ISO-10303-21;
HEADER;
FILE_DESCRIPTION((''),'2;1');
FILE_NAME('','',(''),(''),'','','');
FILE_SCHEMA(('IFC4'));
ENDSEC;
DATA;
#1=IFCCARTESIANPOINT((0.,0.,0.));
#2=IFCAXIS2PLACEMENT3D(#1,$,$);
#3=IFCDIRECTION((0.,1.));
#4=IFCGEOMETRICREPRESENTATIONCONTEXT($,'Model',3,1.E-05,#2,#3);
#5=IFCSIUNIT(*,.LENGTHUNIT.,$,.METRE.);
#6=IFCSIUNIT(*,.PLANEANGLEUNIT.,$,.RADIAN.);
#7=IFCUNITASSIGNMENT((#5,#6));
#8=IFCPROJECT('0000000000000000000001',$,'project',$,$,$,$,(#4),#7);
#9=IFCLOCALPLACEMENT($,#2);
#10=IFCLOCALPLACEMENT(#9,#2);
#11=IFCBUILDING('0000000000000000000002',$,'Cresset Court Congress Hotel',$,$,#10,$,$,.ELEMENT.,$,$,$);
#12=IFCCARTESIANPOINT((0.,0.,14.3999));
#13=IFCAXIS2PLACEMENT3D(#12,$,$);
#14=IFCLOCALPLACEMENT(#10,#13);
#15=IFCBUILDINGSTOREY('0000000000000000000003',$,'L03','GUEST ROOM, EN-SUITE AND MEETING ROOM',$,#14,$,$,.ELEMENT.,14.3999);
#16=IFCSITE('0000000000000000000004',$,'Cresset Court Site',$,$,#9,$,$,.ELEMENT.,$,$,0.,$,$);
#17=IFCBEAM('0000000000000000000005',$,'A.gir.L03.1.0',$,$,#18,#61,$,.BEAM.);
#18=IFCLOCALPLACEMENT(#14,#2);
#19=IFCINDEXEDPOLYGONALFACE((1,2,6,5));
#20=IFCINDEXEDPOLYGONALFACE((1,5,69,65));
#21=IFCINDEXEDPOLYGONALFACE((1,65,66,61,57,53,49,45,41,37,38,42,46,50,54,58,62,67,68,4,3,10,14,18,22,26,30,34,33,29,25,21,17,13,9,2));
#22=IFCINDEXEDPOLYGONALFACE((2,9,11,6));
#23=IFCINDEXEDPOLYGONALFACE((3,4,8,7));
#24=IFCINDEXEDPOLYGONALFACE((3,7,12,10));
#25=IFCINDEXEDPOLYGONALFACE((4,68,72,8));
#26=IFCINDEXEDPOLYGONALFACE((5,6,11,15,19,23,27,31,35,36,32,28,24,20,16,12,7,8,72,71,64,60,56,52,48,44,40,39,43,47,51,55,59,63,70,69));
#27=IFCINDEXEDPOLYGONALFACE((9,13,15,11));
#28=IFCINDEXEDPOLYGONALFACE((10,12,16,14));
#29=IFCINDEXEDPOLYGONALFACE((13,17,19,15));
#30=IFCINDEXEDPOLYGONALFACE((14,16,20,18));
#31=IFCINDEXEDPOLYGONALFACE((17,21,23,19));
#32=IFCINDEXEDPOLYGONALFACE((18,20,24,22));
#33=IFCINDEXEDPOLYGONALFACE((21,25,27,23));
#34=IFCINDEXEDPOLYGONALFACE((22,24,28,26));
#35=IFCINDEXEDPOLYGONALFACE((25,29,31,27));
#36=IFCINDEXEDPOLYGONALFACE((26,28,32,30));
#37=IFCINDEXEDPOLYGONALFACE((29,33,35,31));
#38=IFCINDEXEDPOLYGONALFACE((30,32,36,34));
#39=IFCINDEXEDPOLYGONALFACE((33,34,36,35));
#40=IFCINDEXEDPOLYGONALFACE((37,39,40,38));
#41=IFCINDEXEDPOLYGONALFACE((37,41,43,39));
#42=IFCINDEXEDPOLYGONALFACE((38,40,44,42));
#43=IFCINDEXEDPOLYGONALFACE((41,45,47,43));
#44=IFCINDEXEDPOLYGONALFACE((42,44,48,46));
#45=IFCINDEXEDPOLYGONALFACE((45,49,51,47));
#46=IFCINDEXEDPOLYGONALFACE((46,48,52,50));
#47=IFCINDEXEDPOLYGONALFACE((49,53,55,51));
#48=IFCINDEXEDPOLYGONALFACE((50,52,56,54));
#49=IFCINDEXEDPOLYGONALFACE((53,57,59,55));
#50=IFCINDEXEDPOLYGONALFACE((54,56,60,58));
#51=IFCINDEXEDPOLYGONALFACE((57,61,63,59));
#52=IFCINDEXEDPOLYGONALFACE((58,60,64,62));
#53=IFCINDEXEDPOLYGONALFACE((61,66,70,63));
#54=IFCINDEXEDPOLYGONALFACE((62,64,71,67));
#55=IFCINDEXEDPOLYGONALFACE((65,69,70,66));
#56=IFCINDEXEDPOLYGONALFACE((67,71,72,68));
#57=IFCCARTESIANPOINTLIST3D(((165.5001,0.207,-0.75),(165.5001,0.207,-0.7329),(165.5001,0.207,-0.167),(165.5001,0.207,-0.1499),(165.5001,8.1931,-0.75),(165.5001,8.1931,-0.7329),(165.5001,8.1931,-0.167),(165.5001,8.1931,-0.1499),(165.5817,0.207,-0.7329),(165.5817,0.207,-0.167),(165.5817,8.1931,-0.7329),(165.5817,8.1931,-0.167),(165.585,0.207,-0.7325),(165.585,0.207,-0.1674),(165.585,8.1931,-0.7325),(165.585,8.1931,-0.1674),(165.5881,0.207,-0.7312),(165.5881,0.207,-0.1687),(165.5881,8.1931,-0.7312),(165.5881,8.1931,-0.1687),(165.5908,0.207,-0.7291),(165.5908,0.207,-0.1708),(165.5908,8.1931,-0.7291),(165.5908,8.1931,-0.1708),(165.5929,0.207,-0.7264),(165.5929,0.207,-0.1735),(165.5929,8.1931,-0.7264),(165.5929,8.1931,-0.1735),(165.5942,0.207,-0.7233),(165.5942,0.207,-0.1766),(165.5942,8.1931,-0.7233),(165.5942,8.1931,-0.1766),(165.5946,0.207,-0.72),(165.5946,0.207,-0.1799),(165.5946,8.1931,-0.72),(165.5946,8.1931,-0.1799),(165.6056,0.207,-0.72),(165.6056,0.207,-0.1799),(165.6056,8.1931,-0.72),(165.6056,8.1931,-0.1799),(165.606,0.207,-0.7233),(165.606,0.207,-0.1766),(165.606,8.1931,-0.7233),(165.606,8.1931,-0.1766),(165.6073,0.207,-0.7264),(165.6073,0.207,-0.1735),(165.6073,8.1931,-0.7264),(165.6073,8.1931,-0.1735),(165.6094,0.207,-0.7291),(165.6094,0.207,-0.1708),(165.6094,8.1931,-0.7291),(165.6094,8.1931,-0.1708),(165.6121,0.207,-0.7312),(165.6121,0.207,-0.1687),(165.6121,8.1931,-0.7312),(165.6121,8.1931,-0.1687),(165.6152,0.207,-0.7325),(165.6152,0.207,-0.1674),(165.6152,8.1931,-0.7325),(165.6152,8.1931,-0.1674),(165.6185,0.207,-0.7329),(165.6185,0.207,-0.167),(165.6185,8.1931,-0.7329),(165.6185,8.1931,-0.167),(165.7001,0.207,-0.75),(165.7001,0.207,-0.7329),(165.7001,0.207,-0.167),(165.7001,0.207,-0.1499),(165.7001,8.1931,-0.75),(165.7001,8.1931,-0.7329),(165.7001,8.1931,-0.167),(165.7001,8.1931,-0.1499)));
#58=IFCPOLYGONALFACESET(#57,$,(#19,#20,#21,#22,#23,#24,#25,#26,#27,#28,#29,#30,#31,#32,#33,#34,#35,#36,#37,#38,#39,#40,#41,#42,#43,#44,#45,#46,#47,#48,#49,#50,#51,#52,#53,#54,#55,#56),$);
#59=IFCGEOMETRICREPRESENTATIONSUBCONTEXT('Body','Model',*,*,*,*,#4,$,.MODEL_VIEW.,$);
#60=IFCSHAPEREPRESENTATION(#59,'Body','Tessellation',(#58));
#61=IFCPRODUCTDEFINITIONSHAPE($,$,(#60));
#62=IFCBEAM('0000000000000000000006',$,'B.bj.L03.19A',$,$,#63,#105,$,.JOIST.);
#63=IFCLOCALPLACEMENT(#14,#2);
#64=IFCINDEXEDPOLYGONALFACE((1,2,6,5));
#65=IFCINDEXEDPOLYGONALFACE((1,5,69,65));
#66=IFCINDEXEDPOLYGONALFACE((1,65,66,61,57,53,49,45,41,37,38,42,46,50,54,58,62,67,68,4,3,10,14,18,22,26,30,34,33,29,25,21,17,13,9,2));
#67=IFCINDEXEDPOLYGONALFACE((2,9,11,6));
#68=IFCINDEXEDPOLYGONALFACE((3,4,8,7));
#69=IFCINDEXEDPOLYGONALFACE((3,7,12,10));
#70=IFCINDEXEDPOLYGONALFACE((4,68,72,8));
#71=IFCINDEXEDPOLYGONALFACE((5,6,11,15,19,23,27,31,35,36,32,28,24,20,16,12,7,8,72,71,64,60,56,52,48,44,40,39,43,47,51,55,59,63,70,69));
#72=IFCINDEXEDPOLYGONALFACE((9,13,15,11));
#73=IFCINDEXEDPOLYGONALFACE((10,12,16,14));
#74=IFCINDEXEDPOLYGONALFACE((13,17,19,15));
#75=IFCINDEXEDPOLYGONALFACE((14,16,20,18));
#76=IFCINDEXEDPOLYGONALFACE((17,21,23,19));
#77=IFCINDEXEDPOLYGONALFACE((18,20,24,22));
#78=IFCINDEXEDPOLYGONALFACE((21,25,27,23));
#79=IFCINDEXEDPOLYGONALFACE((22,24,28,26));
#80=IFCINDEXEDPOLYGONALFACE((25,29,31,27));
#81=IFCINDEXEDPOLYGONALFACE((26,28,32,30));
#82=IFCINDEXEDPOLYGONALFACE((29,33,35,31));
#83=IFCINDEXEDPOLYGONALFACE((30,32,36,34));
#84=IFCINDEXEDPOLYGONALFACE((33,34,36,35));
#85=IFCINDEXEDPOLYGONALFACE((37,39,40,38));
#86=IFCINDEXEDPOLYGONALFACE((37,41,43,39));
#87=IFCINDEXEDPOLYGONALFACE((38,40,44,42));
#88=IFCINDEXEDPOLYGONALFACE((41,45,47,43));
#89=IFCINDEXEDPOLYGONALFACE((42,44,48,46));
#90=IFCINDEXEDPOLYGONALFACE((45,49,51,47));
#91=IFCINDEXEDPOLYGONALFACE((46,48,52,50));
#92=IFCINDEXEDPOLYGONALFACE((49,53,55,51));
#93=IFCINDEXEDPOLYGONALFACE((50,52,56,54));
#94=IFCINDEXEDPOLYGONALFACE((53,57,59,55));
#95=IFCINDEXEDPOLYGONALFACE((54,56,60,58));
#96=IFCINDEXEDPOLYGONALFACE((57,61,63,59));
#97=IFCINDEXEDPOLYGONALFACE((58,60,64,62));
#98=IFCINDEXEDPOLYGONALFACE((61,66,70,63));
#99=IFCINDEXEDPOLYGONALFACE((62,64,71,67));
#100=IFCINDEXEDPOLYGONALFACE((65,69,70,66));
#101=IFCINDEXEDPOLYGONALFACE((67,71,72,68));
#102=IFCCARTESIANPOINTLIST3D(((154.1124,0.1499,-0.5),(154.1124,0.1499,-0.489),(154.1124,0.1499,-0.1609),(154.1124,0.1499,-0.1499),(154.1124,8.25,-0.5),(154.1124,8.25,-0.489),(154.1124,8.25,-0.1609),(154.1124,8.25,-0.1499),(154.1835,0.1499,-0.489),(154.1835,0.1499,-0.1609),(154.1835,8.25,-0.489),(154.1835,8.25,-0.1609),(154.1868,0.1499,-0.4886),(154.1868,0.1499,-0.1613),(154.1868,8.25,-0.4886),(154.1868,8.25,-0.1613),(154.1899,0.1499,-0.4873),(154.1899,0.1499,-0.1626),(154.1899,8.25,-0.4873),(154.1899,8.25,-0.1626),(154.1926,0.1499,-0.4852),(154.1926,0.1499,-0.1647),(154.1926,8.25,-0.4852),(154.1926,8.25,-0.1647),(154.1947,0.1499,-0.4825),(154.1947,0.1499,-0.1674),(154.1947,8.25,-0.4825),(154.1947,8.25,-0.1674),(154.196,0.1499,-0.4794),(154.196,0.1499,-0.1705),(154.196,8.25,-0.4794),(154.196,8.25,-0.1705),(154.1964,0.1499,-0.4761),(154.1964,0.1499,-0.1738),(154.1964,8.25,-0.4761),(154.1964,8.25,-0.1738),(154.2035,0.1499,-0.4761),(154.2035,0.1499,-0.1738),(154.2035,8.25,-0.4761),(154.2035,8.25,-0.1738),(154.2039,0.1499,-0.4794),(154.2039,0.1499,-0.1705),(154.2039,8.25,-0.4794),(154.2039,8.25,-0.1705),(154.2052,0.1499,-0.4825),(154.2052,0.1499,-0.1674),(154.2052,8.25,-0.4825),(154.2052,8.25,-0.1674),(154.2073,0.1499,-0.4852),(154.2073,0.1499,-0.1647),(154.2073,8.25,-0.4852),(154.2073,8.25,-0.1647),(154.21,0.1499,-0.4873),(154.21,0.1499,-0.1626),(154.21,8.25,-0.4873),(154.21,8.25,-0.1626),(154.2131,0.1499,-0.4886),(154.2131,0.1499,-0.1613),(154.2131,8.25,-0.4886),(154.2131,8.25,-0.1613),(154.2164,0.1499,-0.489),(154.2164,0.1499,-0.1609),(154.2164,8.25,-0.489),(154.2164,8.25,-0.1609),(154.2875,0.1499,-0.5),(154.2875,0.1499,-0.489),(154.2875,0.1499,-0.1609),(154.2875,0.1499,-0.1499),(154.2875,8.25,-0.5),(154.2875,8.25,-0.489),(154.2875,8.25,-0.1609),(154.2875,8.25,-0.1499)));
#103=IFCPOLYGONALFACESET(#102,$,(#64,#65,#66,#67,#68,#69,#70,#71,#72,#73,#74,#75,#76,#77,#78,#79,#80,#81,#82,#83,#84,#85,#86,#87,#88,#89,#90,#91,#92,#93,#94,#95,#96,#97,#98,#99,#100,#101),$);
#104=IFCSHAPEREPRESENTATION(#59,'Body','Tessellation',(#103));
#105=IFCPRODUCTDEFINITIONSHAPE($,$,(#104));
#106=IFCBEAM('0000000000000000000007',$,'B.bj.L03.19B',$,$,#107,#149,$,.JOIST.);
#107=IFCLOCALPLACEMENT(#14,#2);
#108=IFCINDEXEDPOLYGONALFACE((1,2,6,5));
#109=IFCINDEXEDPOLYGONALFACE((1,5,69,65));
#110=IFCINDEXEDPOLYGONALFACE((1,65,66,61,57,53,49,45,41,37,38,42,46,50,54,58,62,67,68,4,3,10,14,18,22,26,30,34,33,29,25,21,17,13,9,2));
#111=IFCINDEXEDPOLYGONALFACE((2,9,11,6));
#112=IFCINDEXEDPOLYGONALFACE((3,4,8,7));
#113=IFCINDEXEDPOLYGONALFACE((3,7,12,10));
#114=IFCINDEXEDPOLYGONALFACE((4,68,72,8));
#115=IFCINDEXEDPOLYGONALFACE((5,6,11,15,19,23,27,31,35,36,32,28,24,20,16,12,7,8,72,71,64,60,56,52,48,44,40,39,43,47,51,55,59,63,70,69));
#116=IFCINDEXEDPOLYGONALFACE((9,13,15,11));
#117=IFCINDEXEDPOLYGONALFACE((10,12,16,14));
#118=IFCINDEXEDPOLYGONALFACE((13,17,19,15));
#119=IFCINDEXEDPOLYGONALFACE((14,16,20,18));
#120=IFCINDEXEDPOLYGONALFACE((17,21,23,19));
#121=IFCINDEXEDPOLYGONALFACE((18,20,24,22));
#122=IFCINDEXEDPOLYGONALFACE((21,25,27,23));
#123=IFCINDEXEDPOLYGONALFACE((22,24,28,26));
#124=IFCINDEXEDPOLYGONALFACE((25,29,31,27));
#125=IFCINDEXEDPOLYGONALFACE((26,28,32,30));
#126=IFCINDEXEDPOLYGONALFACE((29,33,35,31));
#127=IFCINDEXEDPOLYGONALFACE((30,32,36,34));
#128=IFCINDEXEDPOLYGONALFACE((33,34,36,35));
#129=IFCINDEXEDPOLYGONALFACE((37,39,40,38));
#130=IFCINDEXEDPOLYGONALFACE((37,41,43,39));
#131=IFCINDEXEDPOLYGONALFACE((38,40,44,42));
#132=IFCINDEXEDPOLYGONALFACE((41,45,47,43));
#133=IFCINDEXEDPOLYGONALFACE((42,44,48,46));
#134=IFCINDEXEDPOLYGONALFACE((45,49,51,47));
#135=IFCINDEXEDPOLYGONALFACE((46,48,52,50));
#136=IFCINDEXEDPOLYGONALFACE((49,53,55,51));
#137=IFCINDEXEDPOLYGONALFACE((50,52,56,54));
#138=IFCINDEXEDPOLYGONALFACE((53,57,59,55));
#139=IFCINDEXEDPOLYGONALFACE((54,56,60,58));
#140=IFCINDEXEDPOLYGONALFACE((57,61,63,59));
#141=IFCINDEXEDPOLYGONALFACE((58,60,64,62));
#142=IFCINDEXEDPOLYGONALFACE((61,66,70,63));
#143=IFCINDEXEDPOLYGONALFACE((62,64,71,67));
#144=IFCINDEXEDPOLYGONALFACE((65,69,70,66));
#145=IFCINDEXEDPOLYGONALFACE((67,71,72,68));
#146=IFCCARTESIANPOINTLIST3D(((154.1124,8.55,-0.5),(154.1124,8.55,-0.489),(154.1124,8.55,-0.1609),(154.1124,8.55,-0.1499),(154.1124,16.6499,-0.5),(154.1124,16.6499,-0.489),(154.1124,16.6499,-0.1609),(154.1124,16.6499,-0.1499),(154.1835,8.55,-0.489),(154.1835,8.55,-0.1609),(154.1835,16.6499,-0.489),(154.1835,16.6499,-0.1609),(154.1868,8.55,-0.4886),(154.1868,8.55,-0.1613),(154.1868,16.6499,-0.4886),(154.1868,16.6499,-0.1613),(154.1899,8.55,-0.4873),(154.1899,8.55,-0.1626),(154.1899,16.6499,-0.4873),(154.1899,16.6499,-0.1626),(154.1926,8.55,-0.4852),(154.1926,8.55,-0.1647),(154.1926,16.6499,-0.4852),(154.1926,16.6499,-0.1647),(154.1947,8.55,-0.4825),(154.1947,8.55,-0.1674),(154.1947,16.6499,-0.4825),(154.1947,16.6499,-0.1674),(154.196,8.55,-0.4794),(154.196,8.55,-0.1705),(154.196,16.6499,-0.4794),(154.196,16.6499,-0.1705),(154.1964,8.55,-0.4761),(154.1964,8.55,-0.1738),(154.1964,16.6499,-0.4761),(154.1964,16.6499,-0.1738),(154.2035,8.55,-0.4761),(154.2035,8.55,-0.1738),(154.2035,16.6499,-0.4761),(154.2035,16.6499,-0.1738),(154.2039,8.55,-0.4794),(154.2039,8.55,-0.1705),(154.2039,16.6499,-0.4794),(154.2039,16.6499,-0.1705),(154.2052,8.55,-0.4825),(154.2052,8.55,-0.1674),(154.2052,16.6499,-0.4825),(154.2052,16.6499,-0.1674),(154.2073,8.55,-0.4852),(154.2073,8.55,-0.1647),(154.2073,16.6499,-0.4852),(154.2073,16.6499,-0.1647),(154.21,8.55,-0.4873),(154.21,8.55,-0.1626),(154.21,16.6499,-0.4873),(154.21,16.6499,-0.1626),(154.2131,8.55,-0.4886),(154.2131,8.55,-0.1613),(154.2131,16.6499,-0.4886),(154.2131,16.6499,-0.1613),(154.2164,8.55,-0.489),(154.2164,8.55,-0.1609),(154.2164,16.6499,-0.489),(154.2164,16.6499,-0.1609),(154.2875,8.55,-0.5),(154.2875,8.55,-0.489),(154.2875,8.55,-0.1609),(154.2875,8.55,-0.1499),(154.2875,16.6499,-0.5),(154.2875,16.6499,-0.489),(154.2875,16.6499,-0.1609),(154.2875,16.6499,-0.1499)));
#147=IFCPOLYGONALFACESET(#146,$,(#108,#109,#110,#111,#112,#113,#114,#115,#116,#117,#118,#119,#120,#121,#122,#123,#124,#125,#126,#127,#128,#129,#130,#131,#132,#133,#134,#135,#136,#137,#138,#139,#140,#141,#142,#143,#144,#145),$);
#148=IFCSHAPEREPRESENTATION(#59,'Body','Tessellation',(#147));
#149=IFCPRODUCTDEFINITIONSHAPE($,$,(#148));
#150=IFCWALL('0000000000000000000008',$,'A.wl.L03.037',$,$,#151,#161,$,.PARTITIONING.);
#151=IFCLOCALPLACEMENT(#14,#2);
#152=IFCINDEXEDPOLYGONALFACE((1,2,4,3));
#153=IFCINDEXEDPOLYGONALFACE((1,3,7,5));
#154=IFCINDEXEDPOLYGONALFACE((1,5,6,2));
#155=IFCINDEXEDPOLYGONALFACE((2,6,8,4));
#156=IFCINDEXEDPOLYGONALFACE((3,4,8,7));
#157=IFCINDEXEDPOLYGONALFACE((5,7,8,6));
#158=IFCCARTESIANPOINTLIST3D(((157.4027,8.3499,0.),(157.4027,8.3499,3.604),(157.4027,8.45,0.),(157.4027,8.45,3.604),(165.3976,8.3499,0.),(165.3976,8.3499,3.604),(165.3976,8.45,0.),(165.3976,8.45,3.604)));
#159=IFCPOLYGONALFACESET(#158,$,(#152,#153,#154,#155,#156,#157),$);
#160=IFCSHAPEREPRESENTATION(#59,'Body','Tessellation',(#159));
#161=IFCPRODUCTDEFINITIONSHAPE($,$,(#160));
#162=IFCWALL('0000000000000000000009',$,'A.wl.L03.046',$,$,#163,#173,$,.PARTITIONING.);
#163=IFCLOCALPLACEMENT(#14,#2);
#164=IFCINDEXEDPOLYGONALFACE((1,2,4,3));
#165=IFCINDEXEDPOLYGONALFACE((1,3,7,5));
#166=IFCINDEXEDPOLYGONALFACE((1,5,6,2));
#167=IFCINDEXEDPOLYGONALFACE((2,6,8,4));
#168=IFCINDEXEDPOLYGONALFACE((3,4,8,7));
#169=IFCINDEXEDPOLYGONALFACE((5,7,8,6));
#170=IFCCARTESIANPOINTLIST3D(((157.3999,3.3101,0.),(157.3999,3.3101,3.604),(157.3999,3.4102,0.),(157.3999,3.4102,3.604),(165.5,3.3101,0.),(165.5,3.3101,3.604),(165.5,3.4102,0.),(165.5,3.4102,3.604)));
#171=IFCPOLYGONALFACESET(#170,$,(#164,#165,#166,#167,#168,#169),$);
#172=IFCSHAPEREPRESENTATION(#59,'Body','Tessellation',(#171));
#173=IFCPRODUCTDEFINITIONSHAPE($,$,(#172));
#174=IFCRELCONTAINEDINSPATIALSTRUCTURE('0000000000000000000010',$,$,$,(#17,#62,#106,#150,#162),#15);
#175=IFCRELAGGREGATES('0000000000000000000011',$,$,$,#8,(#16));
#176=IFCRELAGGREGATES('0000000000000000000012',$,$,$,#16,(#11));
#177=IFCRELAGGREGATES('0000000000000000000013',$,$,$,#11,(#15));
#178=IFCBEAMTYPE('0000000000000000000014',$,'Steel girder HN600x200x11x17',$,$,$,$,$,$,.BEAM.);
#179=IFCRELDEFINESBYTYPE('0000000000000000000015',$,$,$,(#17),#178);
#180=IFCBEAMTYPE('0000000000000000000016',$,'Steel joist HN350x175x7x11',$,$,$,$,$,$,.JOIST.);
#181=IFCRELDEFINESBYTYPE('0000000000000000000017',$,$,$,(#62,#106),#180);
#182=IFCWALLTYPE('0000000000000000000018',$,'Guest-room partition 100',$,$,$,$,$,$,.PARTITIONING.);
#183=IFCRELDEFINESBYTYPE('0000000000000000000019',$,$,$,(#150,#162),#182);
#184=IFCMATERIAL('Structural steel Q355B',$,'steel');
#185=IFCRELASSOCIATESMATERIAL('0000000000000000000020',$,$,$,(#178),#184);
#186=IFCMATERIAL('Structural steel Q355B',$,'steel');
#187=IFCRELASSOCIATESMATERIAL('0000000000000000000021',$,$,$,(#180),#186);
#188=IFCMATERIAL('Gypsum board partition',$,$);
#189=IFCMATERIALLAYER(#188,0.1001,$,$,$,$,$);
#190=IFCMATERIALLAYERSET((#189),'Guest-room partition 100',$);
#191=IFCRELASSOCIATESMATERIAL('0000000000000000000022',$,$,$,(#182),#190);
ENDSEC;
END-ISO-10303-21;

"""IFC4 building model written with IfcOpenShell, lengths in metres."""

from ifc_helpers import new_model, si_unit, direction, frame, frame_2d, origin, origin_2d, place, context, subcontext, project, spatial, rectangle, i_section, extrude, material, layer, layer_set, material_profile, profile_set, type_object, element, save


model = new_model("IFC4")

# Units and contexts
model_context = context("Model", 3, precision=1e-05, world=origin(), true_north=direction((0.0, 1.0)))
body_context = subcontext(model_context, "Body", "Model", "MODEL_VIEW")
ifc_project = project(units=[si_unit("LENGTHUNIT", "METRE"), si_unit("PLANEANGLEUNIT", "RADIAN")], contexts=[model_context])

# Site, building, storey
site_placement = place(None, origin())
site = spatial("IfcSite", under=ifc_project, at=site_placement, Name="Cresset Court Site", CompositionType="ELEMENT", RefElevation=0.0)
building_placement = place(site_placement, origin())
building = spatial("IfcBuilding", under=site, at=building_placement, Name="Cresset Court Congress Hotel", CompositionType="ELEMENT")
storey_placement = place(building_placement, frame((0.0, 0.0, 14.3999)))
storey = spatial("IfcBuildingStorey", under=building, at=storey_placement, Name="L03", Description="GUEST ROOM, EN-SUITE AND MEETING ROOM", CompositionType="ELEMENT", Elevation=14.3999)

# Beams
ifc_material_1 = material(Name="Structural steel Q355B", Category="steel")
ifc_material_profile_1 = material_profile(ifc_material_1, i_section(OverallWidth=0.2, OverallDepth=0.6001, WebThickness=0.011, FlangeThickness=0.0171, FilletRadius=0.0129, at=origin_2d()), Name="HN600x200x11x17")
ifc_profile_set_1 = profile_set([ifc_material_profile_1], Name="Structural steel Q355B")
beam_type_1 = type_object("IfcBeamType", Name="Steel girder HN600x200x11x17", PredefinedType="BEAM", material=ifc_profile_set_1)
for number, where, z_axis, x_axis, name in (
    (1, (165.6001, 0.207, -0.45), (0.0, 1.0, 0.0), (-1.0, 0.0, 0.0), "A.gir.L03.1.0"),
):
    element("IfcBeam", number, at=place(storey_placement, frame(where, z_axis=z_axis, x_axis=x_axis)), inside=storey, type_object=beam_type_1, Name=name, PredefinedType="BEAM", context=body_context, shape_type="SweptSolid", body=[
        extrude(i_section(OverallWidth=0.2, OverallDepth=0.6001, WebThickness=0.011, FlangeThickness=0.0171, FilletRadius=0.0129, at=origin_2d()), origin(), (0.0, 0.0, 1.0), 7.9861),
    ])
ifc_material_2 = material(Name="Structural steel Q355B", Category="steel")
ifc_material_profile_2 = material_profile(ifc_material_2, i_section(OverallWidth=0.175, OverallDepth=0.3501, WebThickness=0.0071, FlangeThickness=0.011, FilletRadius=0.0129, at=origin_2d()), Name="HN350x175x7x11")
ifc_profile_set_2 = profile_set([ifc_material_profile_2], Name="Structural steel Q355B")
beam_type_2 = type_object("IfcBeamType", Name="Steel joist HN350x175x7x11", PredefinedType="JOIST", material=ifc_profile_set_2)
beam_1_placement = place(storey_placement, frame((154.2, 0.1499, -0.325), z_axis=(0.0, 1.0, 0.0), x_axis=(-1.0, 0.0, 0.0)))
element("IfcBeam", 2, at=beam_1_placement, inside=storey, type_object=beam_type_2, Name="B.bj.L03.19A", PredefinedType="JOIST", context=body_context, shape_type="SweptSolid", body=[
    extrude(i_section(OverallWidth=0.175, OverallDepth=0.3501, WebThickness=0.0071, FlangeThickness=0.011, FilletRadius=0.0129, at=origin_2d()), origin(), (0.0, 0.0, 1.0), 8.1001),
])
beam_2_placement = place(storey_placement, frame((154.2, 8.55, -0.325), z_axis=(0.0, 1.0, 0.0), x_axis=(-1.0, 0.0, 0.0)))
element("IfcBeam", 3, at=beam_2_placement, inside=storey, type_object=beam_type_2, Name="B.bj.L03.19B", PredefinedType="JOIST", context=body_context, shape_type="SweptSolid", body=[
    extrude(i_section(OverallWidth=0.175, OverallDepth=0.3501, WebThickness=0.0071, FlangeThickness=0.011, FilletRadius=0.0129, at=origin_2d()), origin(), (0.0, 0.0, 1.0), 8.0999),
])

# Walls
ifc_material_3 = material(Name="Gypsum board partition")
ifc_layer_1 = layer(ifc_material_3, 0.1001)
ifc_layer_set_1 = layer_set([ifc_layer_1], Name="Guest-room partition 100")
wall_type_1 = type_object("IfcWallType", Name="Guest-room partition 100", PredefinedType="PARTITIONING", material=ifc_layer_set_1)
wall_1_placement = place(storey_placement, frame((157.4026, 8.3999, 0.0), z_axis=(0.0, 0.0, 1.0), x_axis=(1.0, 0.0, 0.0)))
element("IfcWall", 4, at=wall_1_placement, inside=storey, type_object=wall_type_1, Name="A.wl.L03.037", PredefinedType="PARTITIONING", context=body_context, shape_type="SweptSolid", body=[
    extrude(rectangle(XDim=7.9949, YDim=0.1001, at=frame_2d((3.9976, 0.0))), origin(), (0.0, 0.0, 1.0), 3.604),
])
wall_2_placement = place(storey_placement, frame((157.3999, 3.3601, 0.0), z_axis=(0.0, 0.0, 1.0), x_axis=(1.0, 0.0, 0.0)))
element("IfcWall", 5, at=wall_2_placement, inside=storey, type_object=wall_type_1, Name="A.wl.L03.046", PredefinedType="PARTITIONING", context=body_context, shape_type="SweptSolid", body=[
    extrude(rectangle(XDim=8.1001, YDim=0.1001, at=frame_2d((4.05, 0.0))), origin(), (0.0, 0.0, 1.0), 3.604),
])

save(model, "model.ifc")
